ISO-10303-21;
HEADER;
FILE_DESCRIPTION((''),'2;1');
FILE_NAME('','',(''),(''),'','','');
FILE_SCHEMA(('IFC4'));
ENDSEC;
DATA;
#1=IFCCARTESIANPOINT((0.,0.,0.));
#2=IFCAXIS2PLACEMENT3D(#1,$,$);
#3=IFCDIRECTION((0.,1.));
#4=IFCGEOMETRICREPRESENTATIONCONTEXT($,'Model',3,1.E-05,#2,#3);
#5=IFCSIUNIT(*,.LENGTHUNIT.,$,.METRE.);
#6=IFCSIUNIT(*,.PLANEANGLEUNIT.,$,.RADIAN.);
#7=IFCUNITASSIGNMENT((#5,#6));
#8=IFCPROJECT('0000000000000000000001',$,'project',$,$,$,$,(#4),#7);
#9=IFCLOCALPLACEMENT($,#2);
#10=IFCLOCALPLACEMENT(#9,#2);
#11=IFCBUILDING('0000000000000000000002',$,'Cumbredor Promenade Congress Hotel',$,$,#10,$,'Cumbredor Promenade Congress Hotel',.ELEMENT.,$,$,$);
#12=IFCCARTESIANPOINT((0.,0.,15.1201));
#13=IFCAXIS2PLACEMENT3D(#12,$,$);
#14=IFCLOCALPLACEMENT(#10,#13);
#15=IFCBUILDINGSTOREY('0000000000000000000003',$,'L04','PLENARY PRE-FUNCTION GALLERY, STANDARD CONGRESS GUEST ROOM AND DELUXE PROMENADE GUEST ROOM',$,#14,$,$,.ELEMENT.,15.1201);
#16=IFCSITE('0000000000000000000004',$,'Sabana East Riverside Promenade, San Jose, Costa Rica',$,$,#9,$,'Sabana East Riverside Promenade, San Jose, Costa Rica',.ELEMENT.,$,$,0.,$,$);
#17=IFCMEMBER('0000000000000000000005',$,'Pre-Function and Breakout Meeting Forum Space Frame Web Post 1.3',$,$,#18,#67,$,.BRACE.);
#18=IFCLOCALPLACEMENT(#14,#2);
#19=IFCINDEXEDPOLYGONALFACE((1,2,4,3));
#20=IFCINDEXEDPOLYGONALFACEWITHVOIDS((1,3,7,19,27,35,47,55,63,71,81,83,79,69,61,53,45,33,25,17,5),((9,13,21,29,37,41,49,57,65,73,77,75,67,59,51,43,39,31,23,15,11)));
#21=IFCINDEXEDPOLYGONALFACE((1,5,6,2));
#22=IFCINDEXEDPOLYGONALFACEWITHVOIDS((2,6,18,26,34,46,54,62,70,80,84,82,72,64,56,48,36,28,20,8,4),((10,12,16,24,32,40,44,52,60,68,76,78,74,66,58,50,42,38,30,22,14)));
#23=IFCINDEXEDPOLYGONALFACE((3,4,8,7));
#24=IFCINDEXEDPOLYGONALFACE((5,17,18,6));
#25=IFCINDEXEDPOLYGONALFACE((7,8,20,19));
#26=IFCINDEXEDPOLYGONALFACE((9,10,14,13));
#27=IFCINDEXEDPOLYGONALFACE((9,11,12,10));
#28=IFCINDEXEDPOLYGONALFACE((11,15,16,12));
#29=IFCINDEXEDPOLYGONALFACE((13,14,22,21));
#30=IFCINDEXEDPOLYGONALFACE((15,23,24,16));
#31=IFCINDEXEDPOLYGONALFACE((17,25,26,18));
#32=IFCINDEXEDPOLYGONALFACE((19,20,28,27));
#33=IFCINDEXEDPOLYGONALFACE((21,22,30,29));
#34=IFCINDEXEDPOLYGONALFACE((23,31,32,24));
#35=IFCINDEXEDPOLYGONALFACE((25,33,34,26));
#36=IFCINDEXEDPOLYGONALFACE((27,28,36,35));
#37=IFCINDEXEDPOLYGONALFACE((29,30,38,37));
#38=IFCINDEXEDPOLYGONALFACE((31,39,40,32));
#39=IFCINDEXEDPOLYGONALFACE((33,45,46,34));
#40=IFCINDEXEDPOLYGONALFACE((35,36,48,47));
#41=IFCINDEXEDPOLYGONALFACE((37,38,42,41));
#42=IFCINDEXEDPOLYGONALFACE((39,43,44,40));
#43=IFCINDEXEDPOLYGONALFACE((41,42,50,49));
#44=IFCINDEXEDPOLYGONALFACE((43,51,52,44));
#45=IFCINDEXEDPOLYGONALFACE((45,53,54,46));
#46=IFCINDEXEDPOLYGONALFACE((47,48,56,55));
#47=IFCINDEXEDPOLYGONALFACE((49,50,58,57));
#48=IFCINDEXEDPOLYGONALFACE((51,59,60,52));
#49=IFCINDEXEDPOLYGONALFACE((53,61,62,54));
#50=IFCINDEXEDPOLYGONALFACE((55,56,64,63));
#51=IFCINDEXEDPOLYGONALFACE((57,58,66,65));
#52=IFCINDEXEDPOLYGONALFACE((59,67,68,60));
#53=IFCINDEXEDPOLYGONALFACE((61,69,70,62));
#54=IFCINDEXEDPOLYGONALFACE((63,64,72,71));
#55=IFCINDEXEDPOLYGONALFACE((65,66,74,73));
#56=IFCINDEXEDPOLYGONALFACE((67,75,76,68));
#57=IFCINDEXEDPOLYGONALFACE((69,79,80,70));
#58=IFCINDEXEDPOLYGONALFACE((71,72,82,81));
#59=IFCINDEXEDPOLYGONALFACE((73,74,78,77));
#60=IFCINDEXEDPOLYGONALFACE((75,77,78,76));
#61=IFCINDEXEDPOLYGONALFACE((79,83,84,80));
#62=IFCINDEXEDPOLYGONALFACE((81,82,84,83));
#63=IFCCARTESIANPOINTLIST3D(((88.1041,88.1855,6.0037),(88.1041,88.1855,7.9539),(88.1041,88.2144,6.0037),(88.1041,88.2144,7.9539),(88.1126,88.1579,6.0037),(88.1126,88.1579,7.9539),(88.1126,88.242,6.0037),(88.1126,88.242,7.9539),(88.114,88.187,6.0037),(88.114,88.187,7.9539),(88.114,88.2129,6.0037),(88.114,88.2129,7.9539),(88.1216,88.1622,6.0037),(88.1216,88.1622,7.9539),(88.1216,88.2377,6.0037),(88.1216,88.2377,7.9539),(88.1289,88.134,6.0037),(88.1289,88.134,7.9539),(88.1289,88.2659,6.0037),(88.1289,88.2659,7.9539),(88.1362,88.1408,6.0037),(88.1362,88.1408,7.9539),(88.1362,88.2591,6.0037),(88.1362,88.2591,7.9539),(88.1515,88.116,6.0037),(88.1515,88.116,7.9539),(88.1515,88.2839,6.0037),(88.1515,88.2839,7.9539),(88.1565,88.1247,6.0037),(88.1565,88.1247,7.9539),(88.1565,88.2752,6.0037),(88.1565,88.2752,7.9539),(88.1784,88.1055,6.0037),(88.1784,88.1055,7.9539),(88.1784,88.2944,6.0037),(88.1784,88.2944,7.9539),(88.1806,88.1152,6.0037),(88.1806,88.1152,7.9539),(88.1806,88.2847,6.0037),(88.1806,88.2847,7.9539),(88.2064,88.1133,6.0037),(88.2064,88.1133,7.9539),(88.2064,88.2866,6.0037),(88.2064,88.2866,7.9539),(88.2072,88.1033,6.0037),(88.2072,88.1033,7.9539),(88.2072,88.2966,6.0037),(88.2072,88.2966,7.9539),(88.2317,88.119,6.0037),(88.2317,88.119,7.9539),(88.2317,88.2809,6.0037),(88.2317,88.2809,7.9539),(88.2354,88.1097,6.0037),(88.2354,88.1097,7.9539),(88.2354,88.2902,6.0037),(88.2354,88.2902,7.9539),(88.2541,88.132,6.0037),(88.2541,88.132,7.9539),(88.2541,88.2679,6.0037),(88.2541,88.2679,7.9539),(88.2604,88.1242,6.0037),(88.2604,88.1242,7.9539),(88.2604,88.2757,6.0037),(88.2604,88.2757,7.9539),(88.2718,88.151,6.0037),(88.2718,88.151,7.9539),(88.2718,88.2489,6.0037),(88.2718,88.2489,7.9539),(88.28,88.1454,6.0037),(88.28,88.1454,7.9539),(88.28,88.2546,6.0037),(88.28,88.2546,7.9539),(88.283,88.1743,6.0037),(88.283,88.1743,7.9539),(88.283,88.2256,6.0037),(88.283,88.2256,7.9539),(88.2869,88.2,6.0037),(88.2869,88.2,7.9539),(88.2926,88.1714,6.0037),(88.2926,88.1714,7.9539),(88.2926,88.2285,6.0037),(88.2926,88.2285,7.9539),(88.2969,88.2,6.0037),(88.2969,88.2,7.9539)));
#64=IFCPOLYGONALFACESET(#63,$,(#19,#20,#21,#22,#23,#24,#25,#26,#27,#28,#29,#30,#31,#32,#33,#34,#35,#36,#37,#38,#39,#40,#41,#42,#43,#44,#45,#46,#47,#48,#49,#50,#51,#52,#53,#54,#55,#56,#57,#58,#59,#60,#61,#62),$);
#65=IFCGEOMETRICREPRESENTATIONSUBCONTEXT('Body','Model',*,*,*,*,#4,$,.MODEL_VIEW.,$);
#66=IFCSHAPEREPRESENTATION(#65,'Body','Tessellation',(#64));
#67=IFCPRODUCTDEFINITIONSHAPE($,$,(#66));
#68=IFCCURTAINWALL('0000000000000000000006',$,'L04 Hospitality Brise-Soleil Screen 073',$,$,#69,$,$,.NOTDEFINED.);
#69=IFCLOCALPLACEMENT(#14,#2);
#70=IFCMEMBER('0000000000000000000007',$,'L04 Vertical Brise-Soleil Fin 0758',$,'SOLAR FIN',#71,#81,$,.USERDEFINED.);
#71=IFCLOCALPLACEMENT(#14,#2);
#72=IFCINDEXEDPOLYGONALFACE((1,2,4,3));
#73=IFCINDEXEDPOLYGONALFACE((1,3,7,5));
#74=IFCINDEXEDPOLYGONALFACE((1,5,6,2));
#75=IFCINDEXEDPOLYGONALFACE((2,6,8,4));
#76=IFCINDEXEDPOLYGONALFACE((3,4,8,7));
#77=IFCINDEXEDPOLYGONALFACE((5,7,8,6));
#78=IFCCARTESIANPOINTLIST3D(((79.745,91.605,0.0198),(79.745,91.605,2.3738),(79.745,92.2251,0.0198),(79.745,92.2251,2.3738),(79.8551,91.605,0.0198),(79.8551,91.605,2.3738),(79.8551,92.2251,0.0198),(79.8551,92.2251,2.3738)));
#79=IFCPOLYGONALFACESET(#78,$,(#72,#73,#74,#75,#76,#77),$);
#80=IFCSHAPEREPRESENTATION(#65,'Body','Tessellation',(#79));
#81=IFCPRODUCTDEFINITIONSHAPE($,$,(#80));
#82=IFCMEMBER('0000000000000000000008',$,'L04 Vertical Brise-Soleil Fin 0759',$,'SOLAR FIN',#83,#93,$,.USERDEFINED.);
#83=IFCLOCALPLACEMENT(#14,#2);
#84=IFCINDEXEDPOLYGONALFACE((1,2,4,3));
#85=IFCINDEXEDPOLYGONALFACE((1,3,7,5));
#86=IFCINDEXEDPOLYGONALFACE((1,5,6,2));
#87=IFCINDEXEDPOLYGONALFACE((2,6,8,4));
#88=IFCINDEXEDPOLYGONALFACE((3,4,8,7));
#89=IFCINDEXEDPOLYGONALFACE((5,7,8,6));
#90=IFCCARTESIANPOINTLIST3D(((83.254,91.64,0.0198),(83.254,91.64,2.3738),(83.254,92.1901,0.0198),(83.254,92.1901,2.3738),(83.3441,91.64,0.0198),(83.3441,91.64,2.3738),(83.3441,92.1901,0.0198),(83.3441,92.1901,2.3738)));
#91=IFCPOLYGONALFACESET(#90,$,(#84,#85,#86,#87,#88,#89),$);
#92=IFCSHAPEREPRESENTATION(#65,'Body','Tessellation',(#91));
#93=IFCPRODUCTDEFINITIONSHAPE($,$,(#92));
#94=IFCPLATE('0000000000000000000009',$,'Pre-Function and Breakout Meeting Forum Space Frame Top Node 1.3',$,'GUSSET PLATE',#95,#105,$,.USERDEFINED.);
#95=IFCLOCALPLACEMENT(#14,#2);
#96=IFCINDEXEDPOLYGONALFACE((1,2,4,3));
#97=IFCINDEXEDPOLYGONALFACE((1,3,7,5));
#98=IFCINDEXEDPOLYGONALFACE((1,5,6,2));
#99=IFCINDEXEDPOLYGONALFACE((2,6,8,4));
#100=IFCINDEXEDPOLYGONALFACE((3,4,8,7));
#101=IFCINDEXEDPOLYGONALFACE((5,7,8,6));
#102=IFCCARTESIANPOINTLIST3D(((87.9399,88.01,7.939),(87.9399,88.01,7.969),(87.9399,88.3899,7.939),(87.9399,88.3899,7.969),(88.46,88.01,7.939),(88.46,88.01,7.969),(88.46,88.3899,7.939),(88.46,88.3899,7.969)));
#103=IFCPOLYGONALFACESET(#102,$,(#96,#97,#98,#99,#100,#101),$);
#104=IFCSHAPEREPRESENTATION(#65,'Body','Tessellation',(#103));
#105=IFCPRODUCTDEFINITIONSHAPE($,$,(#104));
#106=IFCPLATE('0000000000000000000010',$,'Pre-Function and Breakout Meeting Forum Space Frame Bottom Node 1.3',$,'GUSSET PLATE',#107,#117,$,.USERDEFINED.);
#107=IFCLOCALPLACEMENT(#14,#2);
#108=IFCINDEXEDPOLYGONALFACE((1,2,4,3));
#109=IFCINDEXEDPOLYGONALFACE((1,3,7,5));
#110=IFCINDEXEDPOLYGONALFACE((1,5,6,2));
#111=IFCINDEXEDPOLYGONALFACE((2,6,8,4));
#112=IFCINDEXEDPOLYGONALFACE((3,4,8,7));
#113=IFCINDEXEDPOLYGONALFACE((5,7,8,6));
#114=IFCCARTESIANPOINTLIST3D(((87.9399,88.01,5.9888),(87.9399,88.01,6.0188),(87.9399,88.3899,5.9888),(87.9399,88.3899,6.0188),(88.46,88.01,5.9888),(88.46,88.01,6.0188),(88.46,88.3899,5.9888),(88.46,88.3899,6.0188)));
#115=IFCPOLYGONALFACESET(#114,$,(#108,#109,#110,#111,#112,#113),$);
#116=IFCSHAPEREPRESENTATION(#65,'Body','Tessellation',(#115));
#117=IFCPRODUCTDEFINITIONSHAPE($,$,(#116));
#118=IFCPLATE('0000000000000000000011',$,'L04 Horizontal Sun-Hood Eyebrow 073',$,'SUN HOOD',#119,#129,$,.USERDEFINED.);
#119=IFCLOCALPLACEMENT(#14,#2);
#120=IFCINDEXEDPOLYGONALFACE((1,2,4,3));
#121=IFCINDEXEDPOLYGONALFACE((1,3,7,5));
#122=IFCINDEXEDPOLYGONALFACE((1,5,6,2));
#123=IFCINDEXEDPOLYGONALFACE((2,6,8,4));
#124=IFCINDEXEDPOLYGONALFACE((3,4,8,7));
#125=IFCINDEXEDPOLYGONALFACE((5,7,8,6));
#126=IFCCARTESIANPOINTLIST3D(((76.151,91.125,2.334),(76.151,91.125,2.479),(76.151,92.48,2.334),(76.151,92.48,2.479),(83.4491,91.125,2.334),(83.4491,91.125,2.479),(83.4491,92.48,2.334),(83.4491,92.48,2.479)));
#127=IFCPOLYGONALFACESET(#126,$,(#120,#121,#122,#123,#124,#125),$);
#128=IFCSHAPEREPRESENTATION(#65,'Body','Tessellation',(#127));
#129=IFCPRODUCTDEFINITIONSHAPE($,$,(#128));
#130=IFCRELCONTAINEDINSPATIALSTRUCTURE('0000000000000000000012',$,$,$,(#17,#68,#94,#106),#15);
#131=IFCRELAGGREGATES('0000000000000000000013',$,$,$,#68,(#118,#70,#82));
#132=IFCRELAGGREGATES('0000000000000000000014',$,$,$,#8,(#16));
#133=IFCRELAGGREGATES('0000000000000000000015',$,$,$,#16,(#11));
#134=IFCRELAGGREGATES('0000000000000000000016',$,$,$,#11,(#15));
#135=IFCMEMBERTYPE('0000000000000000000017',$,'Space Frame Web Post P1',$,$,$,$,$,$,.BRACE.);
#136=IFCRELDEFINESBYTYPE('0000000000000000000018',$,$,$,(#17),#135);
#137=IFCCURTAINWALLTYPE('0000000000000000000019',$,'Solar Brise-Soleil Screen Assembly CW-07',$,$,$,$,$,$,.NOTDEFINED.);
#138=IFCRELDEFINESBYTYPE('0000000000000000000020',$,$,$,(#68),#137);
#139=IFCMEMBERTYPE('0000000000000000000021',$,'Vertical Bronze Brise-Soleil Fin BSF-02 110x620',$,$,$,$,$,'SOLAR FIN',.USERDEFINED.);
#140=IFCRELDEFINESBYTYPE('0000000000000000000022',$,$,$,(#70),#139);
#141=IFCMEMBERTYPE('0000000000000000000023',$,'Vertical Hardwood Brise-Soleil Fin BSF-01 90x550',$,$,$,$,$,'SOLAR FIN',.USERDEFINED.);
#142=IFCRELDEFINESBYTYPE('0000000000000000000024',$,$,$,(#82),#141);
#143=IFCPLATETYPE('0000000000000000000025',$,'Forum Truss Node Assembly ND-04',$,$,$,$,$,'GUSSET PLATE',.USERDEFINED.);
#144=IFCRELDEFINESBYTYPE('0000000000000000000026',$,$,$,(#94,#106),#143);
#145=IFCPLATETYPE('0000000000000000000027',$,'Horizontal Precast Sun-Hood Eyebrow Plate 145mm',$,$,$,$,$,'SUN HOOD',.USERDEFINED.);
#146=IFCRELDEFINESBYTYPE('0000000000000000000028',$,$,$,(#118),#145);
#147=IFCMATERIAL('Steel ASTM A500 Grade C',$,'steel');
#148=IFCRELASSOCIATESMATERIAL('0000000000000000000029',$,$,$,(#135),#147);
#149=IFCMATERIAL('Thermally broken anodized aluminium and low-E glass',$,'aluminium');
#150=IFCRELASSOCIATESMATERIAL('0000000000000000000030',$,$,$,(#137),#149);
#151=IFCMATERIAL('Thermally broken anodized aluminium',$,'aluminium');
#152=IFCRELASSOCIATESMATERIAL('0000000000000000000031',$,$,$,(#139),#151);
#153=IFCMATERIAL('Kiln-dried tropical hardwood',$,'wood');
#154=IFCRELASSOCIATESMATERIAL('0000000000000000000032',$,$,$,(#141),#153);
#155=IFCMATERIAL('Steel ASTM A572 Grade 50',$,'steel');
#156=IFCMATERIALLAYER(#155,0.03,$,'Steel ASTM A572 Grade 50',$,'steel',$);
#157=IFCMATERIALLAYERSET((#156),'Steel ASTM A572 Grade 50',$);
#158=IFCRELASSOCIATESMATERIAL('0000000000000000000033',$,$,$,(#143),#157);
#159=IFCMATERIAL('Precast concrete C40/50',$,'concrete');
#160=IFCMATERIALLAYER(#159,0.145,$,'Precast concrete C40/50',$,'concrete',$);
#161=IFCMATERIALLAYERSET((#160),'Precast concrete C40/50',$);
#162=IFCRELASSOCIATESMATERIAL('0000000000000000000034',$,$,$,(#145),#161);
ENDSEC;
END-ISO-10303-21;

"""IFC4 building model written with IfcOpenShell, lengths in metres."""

from ifc_helpers import new_model, si_unit, direction, frame, origin, origin_2d, place, context, subcontext, project, spatial, rectangle, hollow_circle, extrude, material, layer, layer_set, material_profile, profile_set, type_object, element, aggregate, save


model = new_model("IFC4")

# Units and contexts
model_context = context("Model", 3, precision=1e-05, world=origin(), true_north=direction((0.0, 1.0)))
body_context = subcontext(model_context, "Body", "Model", "MODEL_VIEW")
ifc_project = project(units=[si_unit("LENGTHUNIT", "METRE"), si_unit("PLANEANGLEUNIT", "RADIAN")], contexts=[model_context])

# Site, building, storey
site_placement = place(None, origin())
site = spatial("IfcSite", under=ifc_project, at=site_placement, Name="Sabana East Riverside Promenade, San Jose, Costa Rica", LongName="Sabana East Riverside Promenade, San Jose, Costa Rica", CompositionType="ELEMENT", RefElevation=0.0)
building_placement = place(site_placement, origin())
building = spatial("IfcBuilding", under=site, at=building_placement, Name="Cumbredor Promenade Congress Hotel", LongName="Cumbredor Promenade Congress Hotel", CompositionType="ELEMENT")
storey_placement = place(building_placement, frame((0.0, 0.0, 15.1201)))
storey = spatial("IfcBuildingStorey", under=building, at=storey_placement, Name="L04", Description="PLENARY PRE-FUNCTION GALLERY, STANDARD CONGRESS GUEST ROOM AND DELUXE PROMENADE GUEST ROOM", CompositionType="ELEMENT", Elevation=15.1201)

# Shared definitions
ifc_material_1 = material(Name="Steel ASTM A500 Grade C", Category="steel")

# Member
ifc_material_profile_1 = material_profile(ifc_material_1, hollow_circle(Radius=0.0969, WallThickness=0.01, at=origin_2d()), Name="CHS 193.7x10")
ifc_profile_set_1 = profile_set([ifc_material_profile_1], Name="Steel ASTM A500 Grade C")
member_type_1 = type_object("IfcMemberType", Name="Space Frame Web Post P1", PredefinedType="BRACE", material=ifc_profile_set_1)
member_1_placement = place(storey_placement, frame((88.2, 88.2, 6.0037), z_axis=(0.0, 0.0, 1.0), x_axis=(1.0, 0.0, 0.0)))
element("IfcMember", 1, at=member_1_placement, inside=storey, type_object=member_type_1, Name="Pre-Function and Breakout Meeting Forum Space Frame Web Post 1.3", PredefinedType="BRACE", context=body_context, shape_type="SweptSolid", body=[
    extrude(hollow_circle(Radius=0.0969, WallThickness=0.01, at=origin_2d()), origin(), (0.0, 0.0, 1.0), 1.9502),
])

# Curtain wall, members
ifc_material_2 = material(Name="Thermally broken anodized aluminium and low-E glass", Category="aluminium")
curtain_wall_type = type_object("IfcCurtainWallType", Name="Solar Brise-Soleil Screen Assembly CW-07", PredefinedType="NOTDEFINED", material=ifc_material_2)
curtain_wall_placement = place(storey_placement, origin())
curtain_wall = element("IfcCurtainWall", 2, at=curtain_wall_placement, inside=storey, type_object=curtain_wall_type, Name="L04 Hospitality Brise-Soleil Screen 073", PredefinedType="NOTDEFINED")
ifc_material_3 = material(Name="Thermally broken anodized aluminium", Category="aluminium")
ifc_material_profile_2 = material_profile(ifc_material_3, rectangle(XDim=0.1101, YDim=0.6201, at=origin_2d()), Name="ARCH FIN 110x620")
ifc_profile_set_2 = profile_set([ifc_material_profile_2], Name="Thermally broken anodized aluminium")
member_type_2 = type_object("IfcMemberType", Name="Vertical Bronze Brise-Soleil Fin BSF-02 110x620", ElementType="SOLAR FIN", PredefinedType="USERDEFINED", material=ifc_profile_set_2)
member_2_placement = place(storey_placement, frame((79.8, 91.915, 0.0198), z_axis=(0.0, 0.0, 1.0), x_axis=(1.0, 0.0, 0.0)))
member_2 = element("IfcMember", 3, at=member_2_placement, type_object=member_type_2, Name="L04 Vertical Brise-Soleil Fin 0758", ObjectType="SOLAR FIN", PredefinedType="USERDEFINED", context=body_context, shape_type="SweptSolid", body=[
    extrude(rectangle(XDim=0.1101, YDim=0.6201, at=origin_2d()), origin(), (0.0, 0.0, 1.0), 2.354),
])
ifc_material_4 = material(Name="Kiln-dried tropical hardwood", Category="wood")
ifc_material_profile_3 = material_profile(ifc_material_4, rectangle(XDim=0.0901, YDim=0.55, at=origin_2d()), Name="ARCH FIN 90x550")
ifc_profile_set_3 = profile_set([ifc_material_profile_3], Name="Kiln-dried tropical hardwood")
member_type_3 = type_object("IfcMemberType", Name="Vertical Hardwood Brise-Soleil Fin BSF-01 90x550", ElementType="SOLAR FIN", PredefinedType="USERDEFINED", material=ifc_profile_set_3)
member_3_placement = place(storey_placement, frame((83.2991, 91.915, 0.0198), z_axis=(0.0, 0.0, 1.0), x_axis=(1.0, 0.0, 0.0)))
member_3 = element("IfcMember", 4, at=member_3_placement, type_object=member_type_3, Name="L04 Vertical Brise-Soleil Fin 0759", ObjectType="SOLAR FIN", PredefinedType="USERDEFINED", context=body_context, shape_type="SweptSolid", body=[
    extrude(rectangle(XDim=0.0901, YDim=0.55, at=origin_2d()), origin(), (0.0, 0.0, 1.0), 2.354),
])

# Plates
ifc_material_5 = material(Name="Steel ASTM A572 Grade 50", Category="steel")
ifc_layer_1 = layer(ifc_material_5, 0.03, Name="Steel ASTM A572 Grade 50", Category="steel")
ifc_layer_set_1 = layer_set([ifc_layer_1], Name="Steel ASTM A572 Grade 50")
plate_type_1 = type_object("IfcPlateType", Name="Forum Truss Node Assembly ND-04", ElementType="GUSSET PLATE", PredefinedType="USERDEFINED", material=ifc_layer_set_1)
for number, where, z_axis, x_axis, name in (
    (5, (88.2, 88.2, 7.939), (0.0, 0.0, 1.0), (1.0, 0.0, 0.0), "Pre-Function and Breakout Meeting Forum Space Frame Top Node 1.3"),
    (6, (88.2, 88.2, 5.9888), (0.0, 0.0, 1.0), (1.0, 0.0, 0.0), "Pre-Function and Breakout Meeting Forum Space Frame Bottom Node 1.3"),
):
    element("IfcPlate", number, at=place(storey_placement, frame(where, z_axis=z_axis, x_axis=x_axis)), inside=storey, type_object=plate_type_1, Name=name, ObjectType="GUSSET PLATE", PredefinedType="USERDEFINED", context=body_context, shape_type="SweptSolid", body=[
        extrude(rectangle(XDim=0.52, YDim=0.3799, at=origin_2d()), origin(), (0.0, 0.0, 1.0), 0.03),
    ])

# Plate
ifc_material_6 = material(Name="Precast concrete C40/50", Category="concrete")
ifc_layer_2 = layer(ifc_material_6, 0.145, Name="Precast concrete C40/50", Category="concrete")
ifc_layer_set_2 = layer_set([ifc_layer_2], Name="Precast concrete C40/50")
plate_type_2 = type_object("IfcPlateType", Name="Horizontal Precast Sun-Hood Eyebrow Plate 145mm", ElementType="SUN HOOD", PredefinedType="USERDEFINED", material=ifc_layer_set_2)
plate_placement = place(storey_placement, frame((79.8, 91.8025, 2.334), z_axis=(0.0, 0.0, 1.0), x_axis=(1.0, 0.0, 0.0)))
plate = element("IfcPlate", 7, at=plate_placement, type_object=plate_type_2, Name="L04 Horizontal Sun-Hood Eyebrow 073", ObjectType="SUN HOOD", PredefinedType="USERDEFINED", context=body_context, shape_type="SweptSolid", body=[
    extrude(rectangle(XDim=7.2981, YDim=1.355, at=origin_2d()), origin(), (0.0, 0.0, 1.0), 0.145),
])
aggregate(curtain_wall, [plate, member_2, member_3])

save(model, "model.ifc")
